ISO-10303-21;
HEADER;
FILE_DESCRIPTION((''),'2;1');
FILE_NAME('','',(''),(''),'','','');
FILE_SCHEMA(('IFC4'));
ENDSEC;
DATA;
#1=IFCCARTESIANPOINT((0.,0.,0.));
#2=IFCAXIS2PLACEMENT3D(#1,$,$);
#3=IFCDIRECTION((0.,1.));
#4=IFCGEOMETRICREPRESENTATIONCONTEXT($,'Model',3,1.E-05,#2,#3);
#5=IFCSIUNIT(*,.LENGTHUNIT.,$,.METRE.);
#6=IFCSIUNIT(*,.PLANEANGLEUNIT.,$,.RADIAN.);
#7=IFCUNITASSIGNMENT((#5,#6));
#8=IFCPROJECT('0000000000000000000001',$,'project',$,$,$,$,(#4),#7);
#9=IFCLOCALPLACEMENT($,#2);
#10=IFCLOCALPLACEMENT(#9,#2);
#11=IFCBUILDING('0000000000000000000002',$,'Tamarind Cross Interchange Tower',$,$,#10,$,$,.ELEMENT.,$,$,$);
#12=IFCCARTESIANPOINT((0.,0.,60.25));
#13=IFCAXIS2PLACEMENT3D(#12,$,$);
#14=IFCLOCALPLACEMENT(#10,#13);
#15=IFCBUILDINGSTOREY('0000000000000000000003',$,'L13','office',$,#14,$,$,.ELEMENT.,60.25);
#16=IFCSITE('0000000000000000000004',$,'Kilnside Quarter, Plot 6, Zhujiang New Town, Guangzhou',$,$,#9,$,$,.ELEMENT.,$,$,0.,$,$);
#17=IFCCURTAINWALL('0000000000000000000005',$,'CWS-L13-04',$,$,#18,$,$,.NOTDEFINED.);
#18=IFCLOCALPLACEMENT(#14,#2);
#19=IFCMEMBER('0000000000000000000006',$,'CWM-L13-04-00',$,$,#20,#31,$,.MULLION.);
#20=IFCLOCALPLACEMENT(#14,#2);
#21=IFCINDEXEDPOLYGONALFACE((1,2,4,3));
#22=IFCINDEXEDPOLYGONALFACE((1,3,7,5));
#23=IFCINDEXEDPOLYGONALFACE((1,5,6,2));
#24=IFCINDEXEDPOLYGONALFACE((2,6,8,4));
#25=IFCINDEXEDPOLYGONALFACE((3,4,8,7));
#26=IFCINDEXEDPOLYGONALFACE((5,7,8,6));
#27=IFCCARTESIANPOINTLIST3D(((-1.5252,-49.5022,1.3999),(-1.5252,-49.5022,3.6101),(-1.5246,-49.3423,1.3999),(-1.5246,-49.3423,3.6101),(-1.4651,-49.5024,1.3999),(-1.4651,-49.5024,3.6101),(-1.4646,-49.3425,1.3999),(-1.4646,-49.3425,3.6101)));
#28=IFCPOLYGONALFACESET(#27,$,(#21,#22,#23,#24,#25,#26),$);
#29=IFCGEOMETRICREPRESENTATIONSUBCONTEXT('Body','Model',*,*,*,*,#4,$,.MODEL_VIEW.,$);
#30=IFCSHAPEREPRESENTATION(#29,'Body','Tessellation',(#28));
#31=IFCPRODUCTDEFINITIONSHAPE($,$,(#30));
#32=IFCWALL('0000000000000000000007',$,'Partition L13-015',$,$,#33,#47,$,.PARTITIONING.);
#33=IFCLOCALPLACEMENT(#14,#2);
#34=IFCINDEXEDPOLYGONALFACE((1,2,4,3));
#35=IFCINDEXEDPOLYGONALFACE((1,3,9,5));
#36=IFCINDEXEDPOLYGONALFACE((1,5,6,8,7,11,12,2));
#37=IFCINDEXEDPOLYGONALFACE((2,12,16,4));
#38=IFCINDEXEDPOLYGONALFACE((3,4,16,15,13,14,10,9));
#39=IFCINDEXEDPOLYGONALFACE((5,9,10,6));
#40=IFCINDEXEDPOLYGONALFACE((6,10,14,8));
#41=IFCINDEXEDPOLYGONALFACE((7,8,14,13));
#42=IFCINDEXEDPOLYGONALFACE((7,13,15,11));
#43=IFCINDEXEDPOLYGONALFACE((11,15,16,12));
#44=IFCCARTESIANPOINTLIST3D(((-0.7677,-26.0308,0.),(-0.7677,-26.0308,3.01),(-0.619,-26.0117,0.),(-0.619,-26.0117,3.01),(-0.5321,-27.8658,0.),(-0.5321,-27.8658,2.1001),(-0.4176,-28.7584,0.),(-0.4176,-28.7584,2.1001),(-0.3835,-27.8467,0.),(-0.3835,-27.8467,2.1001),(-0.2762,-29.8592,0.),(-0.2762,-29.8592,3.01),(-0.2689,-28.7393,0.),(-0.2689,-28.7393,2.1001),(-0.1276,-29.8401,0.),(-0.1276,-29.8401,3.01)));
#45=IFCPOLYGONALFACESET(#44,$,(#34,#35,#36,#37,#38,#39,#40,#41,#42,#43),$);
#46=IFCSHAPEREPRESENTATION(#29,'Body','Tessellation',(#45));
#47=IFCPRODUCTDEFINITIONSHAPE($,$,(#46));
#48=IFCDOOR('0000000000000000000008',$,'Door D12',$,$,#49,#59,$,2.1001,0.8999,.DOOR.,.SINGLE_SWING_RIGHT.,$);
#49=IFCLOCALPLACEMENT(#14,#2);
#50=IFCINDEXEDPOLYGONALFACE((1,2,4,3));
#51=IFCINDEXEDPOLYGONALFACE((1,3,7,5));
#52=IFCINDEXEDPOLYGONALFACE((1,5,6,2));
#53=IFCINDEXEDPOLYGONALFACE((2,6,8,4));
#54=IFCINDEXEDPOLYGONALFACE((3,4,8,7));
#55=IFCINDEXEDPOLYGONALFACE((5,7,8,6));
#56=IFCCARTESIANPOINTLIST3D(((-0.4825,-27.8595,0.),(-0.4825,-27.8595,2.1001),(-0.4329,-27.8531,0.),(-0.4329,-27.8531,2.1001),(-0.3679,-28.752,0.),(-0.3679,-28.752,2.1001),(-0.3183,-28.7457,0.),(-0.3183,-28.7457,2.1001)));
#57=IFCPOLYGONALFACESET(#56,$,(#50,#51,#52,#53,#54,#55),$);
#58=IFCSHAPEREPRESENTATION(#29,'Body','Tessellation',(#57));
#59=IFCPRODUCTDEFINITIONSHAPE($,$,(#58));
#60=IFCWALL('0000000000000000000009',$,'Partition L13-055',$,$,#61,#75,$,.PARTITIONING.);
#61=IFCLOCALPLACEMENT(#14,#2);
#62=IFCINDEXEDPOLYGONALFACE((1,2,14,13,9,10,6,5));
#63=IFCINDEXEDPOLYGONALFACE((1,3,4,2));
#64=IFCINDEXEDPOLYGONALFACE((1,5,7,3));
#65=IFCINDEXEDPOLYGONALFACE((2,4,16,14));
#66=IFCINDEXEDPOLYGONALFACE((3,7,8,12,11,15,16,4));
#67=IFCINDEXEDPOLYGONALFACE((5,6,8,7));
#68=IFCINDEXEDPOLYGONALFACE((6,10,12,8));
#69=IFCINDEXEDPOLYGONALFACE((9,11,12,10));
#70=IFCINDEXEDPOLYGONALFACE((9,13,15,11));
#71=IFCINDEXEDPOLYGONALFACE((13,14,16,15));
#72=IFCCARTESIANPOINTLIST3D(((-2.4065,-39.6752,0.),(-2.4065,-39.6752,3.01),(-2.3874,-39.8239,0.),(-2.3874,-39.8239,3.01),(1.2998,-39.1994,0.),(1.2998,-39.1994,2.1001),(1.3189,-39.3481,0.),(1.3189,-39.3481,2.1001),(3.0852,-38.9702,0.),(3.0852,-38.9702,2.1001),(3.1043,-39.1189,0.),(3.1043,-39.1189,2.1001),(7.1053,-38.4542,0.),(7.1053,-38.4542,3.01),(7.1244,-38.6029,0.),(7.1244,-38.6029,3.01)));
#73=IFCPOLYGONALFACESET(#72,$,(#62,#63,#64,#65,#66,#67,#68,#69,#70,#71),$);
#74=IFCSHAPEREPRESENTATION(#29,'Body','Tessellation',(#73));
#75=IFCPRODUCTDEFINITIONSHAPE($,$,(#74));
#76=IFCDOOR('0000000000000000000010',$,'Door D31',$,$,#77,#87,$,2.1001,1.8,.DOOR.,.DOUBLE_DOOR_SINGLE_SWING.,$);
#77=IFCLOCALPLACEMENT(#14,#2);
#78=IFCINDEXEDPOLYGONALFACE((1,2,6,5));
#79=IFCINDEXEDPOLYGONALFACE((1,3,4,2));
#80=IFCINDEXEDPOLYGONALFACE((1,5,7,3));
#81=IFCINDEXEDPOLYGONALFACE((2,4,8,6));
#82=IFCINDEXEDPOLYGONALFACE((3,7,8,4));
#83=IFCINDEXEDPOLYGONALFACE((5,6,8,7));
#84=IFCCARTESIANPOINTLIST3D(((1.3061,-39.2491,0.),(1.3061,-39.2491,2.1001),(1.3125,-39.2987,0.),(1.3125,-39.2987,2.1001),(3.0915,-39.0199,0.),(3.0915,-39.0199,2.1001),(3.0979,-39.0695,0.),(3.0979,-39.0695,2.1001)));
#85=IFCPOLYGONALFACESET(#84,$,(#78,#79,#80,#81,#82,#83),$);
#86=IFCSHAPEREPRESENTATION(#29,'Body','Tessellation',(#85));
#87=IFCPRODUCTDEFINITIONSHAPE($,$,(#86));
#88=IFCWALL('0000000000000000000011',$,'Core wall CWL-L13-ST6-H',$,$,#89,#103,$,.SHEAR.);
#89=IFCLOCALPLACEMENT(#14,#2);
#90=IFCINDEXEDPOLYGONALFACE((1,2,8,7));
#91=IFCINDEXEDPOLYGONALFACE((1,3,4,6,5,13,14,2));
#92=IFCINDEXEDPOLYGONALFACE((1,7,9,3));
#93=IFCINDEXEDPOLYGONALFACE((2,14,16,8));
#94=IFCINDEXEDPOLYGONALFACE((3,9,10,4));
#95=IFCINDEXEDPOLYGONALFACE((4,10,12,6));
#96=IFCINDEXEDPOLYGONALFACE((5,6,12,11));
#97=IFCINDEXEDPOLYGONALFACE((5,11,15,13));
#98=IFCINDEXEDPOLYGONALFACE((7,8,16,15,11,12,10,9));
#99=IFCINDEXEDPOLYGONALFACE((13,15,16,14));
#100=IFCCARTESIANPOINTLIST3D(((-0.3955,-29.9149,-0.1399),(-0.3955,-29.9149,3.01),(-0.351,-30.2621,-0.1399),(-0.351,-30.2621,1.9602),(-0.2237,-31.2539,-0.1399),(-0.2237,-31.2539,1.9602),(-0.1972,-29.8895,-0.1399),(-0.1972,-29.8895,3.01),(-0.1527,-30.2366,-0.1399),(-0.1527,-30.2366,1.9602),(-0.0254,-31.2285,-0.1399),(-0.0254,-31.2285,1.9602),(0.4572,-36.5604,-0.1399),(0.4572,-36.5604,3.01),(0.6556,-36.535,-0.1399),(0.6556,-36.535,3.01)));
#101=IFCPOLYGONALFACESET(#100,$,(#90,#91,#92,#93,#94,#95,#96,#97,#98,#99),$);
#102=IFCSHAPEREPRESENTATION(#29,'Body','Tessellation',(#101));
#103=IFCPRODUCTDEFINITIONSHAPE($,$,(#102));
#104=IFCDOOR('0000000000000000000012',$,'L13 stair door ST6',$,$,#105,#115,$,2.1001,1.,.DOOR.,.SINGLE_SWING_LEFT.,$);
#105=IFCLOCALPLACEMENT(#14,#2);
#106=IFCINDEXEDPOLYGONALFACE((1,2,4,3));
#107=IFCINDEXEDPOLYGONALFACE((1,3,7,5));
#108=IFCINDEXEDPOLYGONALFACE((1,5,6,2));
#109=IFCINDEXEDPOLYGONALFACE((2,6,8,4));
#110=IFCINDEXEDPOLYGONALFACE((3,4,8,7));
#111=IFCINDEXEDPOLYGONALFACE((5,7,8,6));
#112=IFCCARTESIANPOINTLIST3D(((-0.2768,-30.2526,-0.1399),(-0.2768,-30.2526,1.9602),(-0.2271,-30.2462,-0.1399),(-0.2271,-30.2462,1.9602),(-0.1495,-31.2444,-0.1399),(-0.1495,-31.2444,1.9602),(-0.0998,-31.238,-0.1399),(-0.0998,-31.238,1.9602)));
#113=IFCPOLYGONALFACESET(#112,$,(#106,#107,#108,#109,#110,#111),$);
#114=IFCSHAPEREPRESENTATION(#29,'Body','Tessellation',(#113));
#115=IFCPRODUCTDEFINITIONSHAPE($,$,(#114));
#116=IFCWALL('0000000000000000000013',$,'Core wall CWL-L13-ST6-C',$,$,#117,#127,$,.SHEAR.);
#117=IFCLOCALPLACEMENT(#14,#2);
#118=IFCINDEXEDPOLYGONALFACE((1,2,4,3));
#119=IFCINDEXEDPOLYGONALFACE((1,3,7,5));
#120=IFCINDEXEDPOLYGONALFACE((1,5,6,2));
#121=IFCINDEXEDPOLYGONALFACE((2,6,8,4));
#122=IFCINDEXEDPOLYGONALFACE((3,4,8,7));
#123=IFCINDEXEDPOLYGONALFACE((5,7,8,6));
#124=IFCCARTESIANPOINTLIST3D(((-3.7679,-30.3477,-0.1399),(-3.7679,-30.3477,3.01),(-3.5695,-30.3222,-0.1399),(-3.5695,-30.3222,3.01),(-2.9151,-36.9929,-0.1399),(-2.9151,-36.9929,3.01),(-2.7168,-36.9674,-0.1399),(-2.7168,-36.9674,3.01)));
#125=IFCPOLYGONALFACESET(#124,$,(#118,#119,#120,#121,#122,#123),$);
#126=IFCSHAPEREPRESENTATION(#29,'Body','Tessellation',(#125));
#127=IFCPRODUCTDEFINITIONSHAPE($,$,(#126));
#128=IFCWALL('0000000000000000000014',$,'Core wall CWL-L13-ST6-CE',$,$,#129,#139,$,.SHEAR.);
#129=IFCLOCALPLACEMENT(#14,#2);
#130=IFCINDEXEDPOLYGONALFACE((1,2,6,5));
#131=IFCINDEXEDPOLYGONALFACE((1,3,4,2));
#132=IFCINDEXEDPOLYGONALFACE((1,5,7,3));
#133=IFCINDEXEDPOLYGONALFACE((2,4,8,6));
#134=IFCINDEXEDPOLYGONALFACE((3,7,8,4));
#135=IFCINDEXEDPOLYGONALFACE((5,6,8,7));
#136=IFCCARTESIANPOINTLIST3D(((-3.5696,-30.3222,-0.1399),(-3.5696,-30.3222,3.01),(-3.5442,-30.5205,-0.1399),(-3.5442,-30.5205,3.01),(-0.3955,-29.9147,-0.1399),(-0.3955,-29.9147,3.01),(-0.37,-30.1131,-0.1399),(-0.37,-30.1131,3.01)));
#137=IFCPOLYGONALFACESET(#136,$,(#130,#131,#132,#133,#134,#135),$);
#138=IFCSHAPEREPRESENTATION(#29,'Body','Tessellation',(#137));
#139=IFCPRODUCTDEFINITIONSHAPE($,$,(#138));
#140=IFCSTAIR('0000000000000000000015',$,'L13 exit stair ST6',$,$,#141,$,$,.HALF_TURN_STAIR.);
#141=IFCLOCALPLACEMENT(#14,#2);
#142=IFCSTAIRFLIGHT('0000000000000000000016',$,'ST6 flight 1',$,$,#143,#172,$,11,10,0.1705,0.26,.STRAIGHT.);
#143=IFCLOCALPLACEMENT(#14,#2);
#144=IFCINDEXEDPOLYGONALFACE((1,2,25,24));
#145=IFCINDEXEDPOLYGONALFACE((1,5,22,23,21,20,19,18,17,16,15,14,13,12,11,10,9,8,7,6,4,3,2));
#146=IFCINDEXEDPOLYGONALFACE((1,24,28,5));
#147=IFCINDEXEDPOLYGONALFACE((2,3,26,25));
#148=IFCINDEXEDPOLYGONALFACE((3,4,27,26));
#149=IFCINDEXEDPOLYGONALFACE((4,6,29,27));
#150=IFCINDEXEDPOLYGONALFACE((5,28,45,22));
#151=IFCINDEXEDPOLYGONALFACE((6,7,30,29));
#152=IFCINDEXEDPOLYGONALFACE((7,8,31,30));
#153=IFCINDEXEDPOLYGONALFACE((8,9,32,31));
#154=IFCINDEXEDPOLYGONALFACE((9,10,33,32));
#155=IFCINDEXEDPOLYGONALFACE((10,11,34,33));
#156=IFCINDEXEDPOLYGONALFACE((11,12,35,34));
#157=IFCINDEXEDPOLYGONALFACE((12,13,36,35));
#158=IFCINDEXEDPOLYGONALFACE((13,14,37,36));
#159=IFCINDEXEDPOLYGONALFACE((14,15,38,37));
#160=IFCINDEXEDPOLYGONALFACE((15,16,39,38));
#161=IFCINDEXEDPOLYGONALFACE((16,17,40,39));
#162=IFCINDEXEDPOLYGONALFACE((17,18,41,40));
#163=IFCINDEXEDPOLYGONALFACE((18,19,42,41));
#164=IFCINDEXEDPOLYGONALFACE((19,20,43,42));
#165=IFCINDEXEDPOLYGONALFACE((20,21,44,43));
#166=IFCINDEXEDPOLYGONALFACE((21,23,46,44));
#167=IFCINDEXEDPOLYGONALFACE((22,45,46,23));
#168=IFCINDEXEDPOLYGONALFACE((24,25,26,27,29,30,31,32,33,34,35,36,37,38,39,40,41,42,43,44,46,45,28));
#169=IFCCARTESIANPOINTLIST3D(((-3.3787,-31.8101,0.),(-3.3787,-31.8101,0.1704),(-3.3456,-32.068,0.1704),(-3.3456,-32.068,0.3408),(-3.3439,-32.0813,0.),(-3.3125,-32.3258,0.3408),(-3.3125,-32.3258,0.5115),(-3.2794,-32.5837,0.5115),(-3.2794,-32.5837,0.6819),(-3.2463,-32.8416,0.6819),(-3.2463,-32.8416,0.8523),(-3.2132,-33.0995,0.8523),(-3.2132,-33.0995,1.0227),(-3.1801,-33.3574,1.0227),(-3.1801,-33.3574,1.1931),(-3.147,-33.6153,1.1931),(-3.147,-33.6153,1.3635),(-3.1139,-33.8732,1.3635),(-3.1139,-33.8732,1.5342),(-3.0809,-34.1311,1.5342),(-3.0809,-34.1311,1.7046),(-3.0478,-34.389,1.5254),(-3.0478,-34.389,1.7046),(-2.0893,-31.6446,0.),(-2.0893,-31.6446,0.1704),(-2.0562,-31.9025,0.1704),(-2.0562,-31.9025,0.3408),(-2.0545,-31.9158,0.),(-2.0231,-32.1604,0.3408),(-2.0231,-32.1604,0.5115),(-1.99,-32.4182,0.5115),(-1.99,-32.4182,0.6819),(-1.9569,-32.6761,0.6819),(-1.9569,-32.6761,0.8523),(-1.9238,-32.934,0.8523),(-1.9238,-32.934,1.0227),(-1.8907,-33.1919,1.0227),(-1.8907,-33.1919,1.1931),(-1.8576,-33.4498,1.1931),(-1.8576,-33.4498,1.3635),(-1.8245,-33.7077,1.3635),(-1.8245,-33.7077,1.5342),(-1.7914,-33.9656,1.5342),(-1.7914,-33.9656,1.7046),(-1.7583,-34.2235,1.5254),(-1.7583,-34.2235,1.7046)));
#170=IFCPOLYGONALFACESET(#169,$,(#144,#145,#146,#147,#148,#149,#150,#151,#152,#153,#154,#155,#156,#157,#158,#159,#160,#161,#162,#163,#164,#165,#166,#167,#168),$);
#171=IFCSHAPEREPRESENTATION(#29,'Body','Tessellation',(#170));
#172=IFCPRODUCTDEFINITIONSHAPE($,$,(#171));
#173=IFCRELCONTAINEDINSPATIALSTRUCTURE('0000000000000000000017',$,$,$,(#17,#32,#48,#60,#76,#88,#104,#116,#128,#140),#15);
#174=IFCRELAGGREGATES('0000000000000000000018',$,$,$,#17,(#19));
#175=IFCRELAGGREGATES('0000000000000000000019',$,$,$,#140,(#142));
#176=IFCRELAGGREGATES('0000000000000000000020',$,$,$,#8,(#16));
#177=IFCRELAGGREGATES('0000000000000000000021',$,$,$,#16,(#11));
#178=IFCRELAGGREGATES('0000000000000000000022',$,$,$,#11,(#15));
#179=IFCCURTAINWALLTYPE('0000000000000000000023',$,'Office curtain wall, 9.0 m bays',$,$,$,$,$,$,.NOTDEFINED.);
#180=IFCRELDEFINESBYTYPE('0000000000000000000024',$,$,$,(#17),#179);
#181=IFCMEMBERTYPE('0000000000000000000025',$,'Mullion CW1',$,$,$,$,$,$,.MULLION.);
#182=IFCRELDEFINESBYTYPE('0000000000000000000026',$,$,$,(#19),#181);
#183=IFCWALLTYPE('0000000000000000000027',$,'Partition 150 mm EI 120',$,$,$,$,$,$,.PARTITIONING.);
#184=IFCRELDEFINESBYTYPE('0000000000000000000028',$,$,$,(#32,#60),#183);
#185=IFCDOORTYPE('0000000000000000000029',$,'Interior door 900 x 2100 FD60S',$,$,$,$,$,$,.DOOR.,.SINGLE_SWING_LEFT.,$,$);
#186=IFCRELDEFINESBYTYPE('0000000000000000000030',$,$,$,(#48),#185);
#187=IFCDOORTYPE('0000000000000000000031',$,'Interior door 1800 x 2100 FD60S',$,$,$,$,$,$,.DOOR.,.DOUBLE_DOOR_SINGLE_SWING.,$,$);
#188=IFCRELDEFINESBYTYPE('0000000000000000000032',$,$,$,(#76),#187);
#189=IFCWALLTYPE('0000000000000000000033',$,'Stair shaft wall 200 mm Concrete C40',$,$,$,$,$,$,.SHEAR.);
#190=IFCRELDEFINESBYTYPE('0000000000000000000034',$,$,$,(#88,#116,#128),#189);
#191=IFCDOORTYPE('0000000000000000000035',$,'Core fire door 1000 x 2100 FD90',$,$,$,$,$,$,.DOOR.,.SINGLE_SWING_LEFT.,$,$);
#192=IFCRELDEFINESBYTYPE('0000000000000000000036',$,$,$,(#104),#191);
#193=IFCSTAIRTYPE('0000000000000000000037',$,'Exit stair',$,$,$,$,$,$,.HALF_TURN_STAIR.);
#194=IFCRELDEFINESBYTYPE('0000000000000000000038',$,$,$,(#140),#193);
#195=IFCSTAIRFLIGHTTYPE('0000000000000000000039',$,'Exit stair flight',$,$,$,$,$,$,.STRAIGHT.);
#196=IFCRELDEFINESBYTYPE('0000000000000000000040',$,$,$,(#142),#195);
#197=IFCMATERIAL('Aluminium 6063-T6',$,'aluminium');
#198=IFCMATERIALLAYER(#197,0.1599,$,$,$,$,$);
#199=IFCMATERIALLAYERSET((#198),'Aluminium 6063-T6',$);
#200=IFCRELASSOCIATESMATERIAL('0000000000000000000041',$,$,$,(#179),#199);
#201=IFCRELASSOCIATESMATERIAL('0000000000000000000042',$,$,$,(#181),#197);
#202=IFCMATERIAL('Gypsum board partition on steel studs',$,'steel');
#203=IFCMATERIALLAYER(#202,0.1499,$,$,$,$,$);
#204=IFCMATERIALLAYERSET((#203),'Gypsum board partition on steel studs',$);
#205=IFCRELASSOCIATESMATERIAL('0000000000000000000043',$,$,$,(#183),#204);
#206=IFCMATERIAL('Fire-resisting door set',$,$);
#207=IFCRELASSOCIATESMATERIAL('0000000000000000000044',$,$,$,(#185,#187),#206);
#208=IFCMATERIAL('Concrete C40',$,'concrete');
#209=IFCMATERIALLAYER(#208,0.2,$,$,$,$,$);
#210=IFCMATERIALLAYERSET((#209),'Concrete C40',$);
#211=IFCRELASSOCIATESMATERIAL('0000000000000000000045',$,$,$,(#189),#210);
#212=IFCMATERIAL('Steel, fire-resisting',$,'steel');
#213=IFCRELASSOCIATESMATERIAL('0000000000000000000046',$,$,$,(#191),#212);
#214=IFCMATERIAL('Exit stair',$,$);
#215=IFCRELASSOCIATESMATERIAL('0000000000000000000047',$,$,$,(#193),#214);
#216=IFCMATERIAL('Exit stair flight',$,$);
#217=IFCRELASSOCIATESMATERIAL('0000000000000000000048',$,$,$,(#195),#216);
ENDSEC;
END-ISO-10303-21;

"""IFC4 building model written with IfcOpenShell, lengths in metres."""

from ifc_helpers import new_model, si_unit, direction, frame, frame_2d, origin, origin_2d, place, context, subcontext, project, spatial, polyline, rectangle, outline, extrude, material, layer, layer_set, material_profile, profile_set, type_object, element, fill, aggregate, save


model = new_model("IFC4")

# Units and contexts
model_context = context("Model", 3, precision=1e-05, world=origin(), true_north=direction((0.0, 1.0)))
body_context = subcontext(model_context, "Body", "Model", "MODEL_VIEW")
ifc_project = project(units=[si_unit("LENGTHUNIT", "METRE"), si_unit("PLANEANGLEUNIT", "RADIAN")], contexts=[model_context])

# Site, building, storey
site_placement = place(None, origin())
site = spatial("IfcSite", under=ifc_project, at=site_placement, Name="Kilnside Quarter, Plot 6, Zhujiang New Town, Guangzhou", CompositionType="ELEMENT", RefElevation=0.0)
building_placement = place(site_placement, origin())
building = spatial("IfcBuilding", under=site, at=building_placement, Name="Tamarind Cross Interchange Tower", CompositionType="ELEMENT")
storey_placement = place(building_placement, frame((0.0, 0.0, 60.25)))
storey = spatial("IfcBuildingStorey", under=building, at=storey_placement, Name="L13", Description="office", CompositionType="ELEMENT", Elevation=60.25)

# Curtain wall, member
ifc_material_1 = material(Name="Aluminium 6063-T6", Category="aluminium")
ifc_layer_1 = layer(ifc_material_1, 0.1599)
ifc_layer_set_1 = layer_set([ifc_layer_1], Name="Aluminium 6063-T6")
curtain_wall_type = type_object("IfcCurtainWallType", Name="Office curtain wall, 9.0 m bays", PredefinedType="NOTDEFINED", material=ifc_layer_set_1)
curtain_wall_placement = place(storey_placement, origin())
curtain_wall = element("IfcCurtainWall", 1, at=curtain_wall_placement, inside=storey, type_object=curtain_wall_type, Name="CWS-L13-04", PredefinedType="NOTDEFINED")
ifc_material_profile_1 = material_profile(ifc_material_1, rectangle(XDim=0.0601, YDim=0.1599, at=origin_2d()), Name="Mullion CW1")
ifc_profile_set_1 = profile_set([ifc_material_profile_1], Name="Aluminium 6063-T6")
member_type = type_object("IfcMemberType", Name="Mullion CW1", PredefinedType="MULLION", material=ifc_profile_set_1)
member_placement = place(storey_placement, frame((-1.4949, -49.4224, 1.3999), z_axis=(0.0, 0.0, 1.0), x_axis=(0.999995, -0.003253, 0.0)))
member = element("IfcMember", 2, at=member_placement, type_object=member_type, Name="CWM-L13-04-00", PredefinedType="MULLION", context=body_context, shape_type="SweptSolid", body=[
    extrude(rectangle(XDim=0.0601, YDim=0.1599, at=origin_2d()), origin(), (0.0, 0.0, 1.0), 2.2102),
])
aggregate(curtain_wall, [member])

# Walls, openings, doors
ifc_material_2 = material(Name="Gypsum board partition on steel studs", Category="steel")
ifc_layer_2 = layer(ifc_material_2, 0.1499)
ifc_layer_set_2 = layer_set([ifc_layer_2], Name="Gypsum board partition on steel studs")
wall_type_1 = type_object("IfcWallType", Name="Partition 150 mm EI 120", PredefinedType="PARTITIONING", material=ifc_layer_set_2)
wall_1_placement = place(storey_placement, frame((-0.6934, -26.0212, 0.0), z_axis=(0.0, 0.0, 1.0), x_axis=(0.127327, -0.991861, 0.0)))
wall_1 = element("IfcWall", 3, at=wall_1_placement, inside=storey, type_object=wall_type_1, Name="Partition L13-015", PredefinedType="PARTITIONING", context=body_context, shape_type="SweptSolid", body=[
    extrude(rectangle(XDim=3.8599, YDim=0.1499, at=frame_2d((1.9299, 0.0))), origin(), (0.0, 0.0, 1.0), 3.01),
])
opening_1_placement = place(wall_1_placement, frame((1.8501, 0.0, 0.0)))
opening_1 = element("IfcOpeningElement", 4, at=opening_1_placement, cuts=wall_1, PredefinedType="OPENING", context=body_context, shape_type="SweptSolid", body=[
    extrude(rectangle(XDim=0.8999, YDim=2.1001, at=frame_2d((0.45, 1.05))), frame((0.0, 0.085, 0.0), z_axis=(0.0, -1.0, 0.0), x_axis=(1.0, 0.0, 0.0)), (0.0, 0.0, 1.0), 0.1699),
])
ifc_material_3 = material(Name="Fire-resisting door set")
door_type_1 = type_object("IfcDoorType", Name="Interior door 900 x 2100 FD60S", OperationType="SINGLE_SWING_LEFT", PredefinedType="DOOR", material=ifc_material_3)
door_1_placement = place(opening_1_placement, frame((0.8999, 0.0, 0.0), z_axis=(0.0, 0.0, 1.0), x_axis=(-1.0, 0.0, 0.0)))
door_1 = element("IfcDoor", 5, at=door_1_placement, inside=storey, type_object=door_type_1, Name="Door D12", OperationType="SINGLE_SWING_RIGHT", OverallHeight=2.1001, OverallWidth=0.8999, PredefinedType="DOOR", context=body_context, shape_type="SweptSolid", body=[
    extrude(rectangle(XDim=0.8999, YDim=2.1001, at=frame_2d((0.45, 1.05))), frame((0.0, 0.0249, 0.0), z_axis=(0.0, -1.0, 0.0), x_axis=(1.0, 0.0, 0.0)), (0.0, 0.0, 1.0), 0.05),
])
fill(opening_1, door_1)
wall_2_placement = place(storey_placement, frame((-2.397, -39.7495, 0.0), z_axis=(0.0, 0.0, 1.0), x_axis=(0.991862, 0.127318, 0.0)))
wall_2 = element("IfcWall", 6, at=wall_2_placement, inside=storey, type_object=wall_type_1, Name="Partition L13-055", PredefinedType="PARTITIONING", context=body_context, shape_type="SweptSolid", body=[
    extrude(rectangle(XDim=9.5898, YDim=0.1499, at=frame_2d((4.7949, 0.0))), origin(), (0.0, 0.0, 1.0), 3.01),
])
opening_2_placement = place(wall_2_placement, frame((3.7368, 0.0, 0.0)))
opening_2 = element("IfcOpeningElement", 7, at=opening_2_placement, cuts=wall_2, PredefinedType="OPENING", context=body_context, shape_type="SweptSolid", body=[
    extrude(rectangle(XDim=1.8, YDim=2.1001, at=frame_2d((0.8999, 1.05))), frame((0.0, 0.085, 0.0), z_axis=(0.0, -1.0, 0.0), x_axis=(1.0, 0.0, 0.0)), (0.0, 0.0, 1.0), 0.1699),
])
door_type_2 = type_object("IfcDoorType", Name="Interior door 1800 x 2100 FD60S", OperationType="DOUBLE_DOOR_SINGLE_SWING", PredefinedType="DOOR", material=ifc_material_3)
door_2_placement = place(opening_2_placement, origin())
door_2 = element("IfcDoor", 8, at=door_2_placement, inside=storey, type_object=door_type_2, Name="Door D31", OperationType="DOUBLE_DOOR_SINGLE_SWING", OverallHeight=2.1001, OverallWidth=1.8, PredefinedType="DOOR", context=body_context, shape_type="SweptSolid", body=[
    extrude(rectangle(XDim=1.8, YDim=2.1001, at=frame_2d((0.8999, 1.05))), frame((0.0, 0.0249, 0.0), z_axis=(0.0, -1.0, 0.0), x_axis=(1.0, 0.0, 0.0)), (0.0, 0.0, 1.0), 0.05),
])
fill(opening_2, door_2)
ifc_material_4 = material(Name="Concrete C40", Category="concrete")
ifc_layer_3 = layer(ifc_material_4, 0.2)
ifc_layer_set_3 = layer_set([ifc_layer_3], Name="Concrete C40")
wall_type_2 = type_object("IfcWallType", Name="Stair shaft wall 200 mm Concrete C40", PredefinedType="SHEAR", material=ifc_layer_set_3)
wall_3_placement = place(storey_placement, frame((-0.2964, -29.9021, -0.1399), z_axis=(0.0, 0.0, 1.0), x_axis=(0.127281, -0.991867, 0.0)))
wall_3 = element("IfcWall", 9, at=wall_3_placement, inside=storey, type_object=wall_type_2, Name="Core wall CWL-L13-ST6-H", PredefinedType="SHEAR", context=body_context, shape_type="SweptSolid", body=[
    extrude(rectangle(XDim=6.7, YDim=0.2, at=frame_2d((3.3501, 0.0))), origin(), (0.0, 0.0, 1.0), 3.1499),
])
opening_3_placement = place(wall_3_placement, frame((0.3501, 0.0, 0.0)))
opening_3 = element("IfcOpeningElement", 10, at=opening_3_placement, cuts=wall_3, PredefinedType="OPENING", context=body_context, shape_type="SweptSolid", body=[
    extrude(rectangle(XDim=1.0, YDim=2.1001, at=frame_2d((0.5, 1.05))), frame((0.0, 0.1099, 0.0), z_axis=(0.0, -1.0, 0.0), x_axis=(1.0, 0.0, 0.0)), (0.0, 0.0, 1.0), 0.22),
])
ifc_material_5 = material(Name="Steel, fire-resisting", Category="steel")
door_type_3 = type_object("IfcDoorType", Name="Core fire door 1000 x 2100 FD90", OperationType="SINGLE_SWING_LEFT", PredefinedType="DOOR", material=ifc_material_5)
door_3_placement = place(opening_3_placement, origin())
door_3 = element("IfcDoor", 11, at=door_3_placement, inside=storey, type_object=door_type_3, Name="L13 stair door ST6", OperationType="SINGLE_SWING_LEFT", OverallHeight=2.1001, OverallWidth=1.0, PredefinedType="DOOR", context=body_context, shape_type="SweptSolid", body=[
    extrude(rectangle(XDim=1.0, YDim=2.1001, at=frame_2d((0.5, 1.05))), frame((0.0, 0.0249, 0.0), z_axis=(0.0, -1.0, 0.0), x_axis=(1.0, 0.0, 0.0)), (0.0, 0.0, 1.0), 0.05),
])
fill(opening_3, door_3)

# Walls
wall_4_placement = place(storey_placement, frame((-3.6687, -30.335, -0.1399), z_axis=(0.0, 0.0, 1.0), x_axis=(0.127286, -0.991866, 0.0)))
element("IfcWall", 12, at=wall_4_placement, inside=storey, type_object=wall_type_2, Name="Core wall CWL-L13-ST6-C", PredefinedType="SHEAR", context=body_context, shape_type="SweptSolid", body=[
    extrude(rectangle(XDim=6.6997, YDim=0.2, at=frame_2d((3.3499, 0.0))), origin(), (0.0, 0.0, 1.0), 3.1499),
])
wall_5_placement = place(storey_placement, frame((-3.5569, -30.4214, -0.1399), z_axis=(0.0, 0.0, 1.0), x_axis=(0.99186, 0.12733, 0.0)))
element("IfcWall", 13, at=wall_5_placement, inside=storey, type_object=wall_type_2, Name="Core wall CWL-L13-ST6-CE", PredefinedType="SHEAR", context=body_context, shape_type="SweptSolid", body=[
    extrude(rectangle(XDim=3.2002, YDim=0.2, at=frame_2d((1.6001, 0.0))), origin(), (0.0, 0.0, 1.0), 3.1499),
])

# Stair, stair flight
ifc_material_6 = material(Name="Exit stair")
stair_type = type_object("IfcStairType", Name="Exit stair", PredefinedType="HALF_TURN_STAIR", material=ifc_material_6)
stair_placement = place(storey_placement, origin())
stair = element("IfcStair", 14, at=stair_placement, inside=storey, type_object=stair_type, Name="L13 exit stair ST6", PredefinedType="HALF_TURN_STAIR")
ifc_material_7 = material(Name="Exit stair flight")
stair_flight_type = type_object("IfcStairFlightType", Name="Exit stair flight", PredefinedType="STRAIGHT", material=ifc_material_7)
stair_flight_1_placement = place(storey_placement, frame((-2.7339, -31.7273, 0.0), z_axis=(0.0, 0.0, 1.0), x_axis=(0.1273, -0.991864, 0.0)))
stair_flight_1 = element("IfcStairFlight", 15, at=stair_flight_1_placement, type_object=stair_flight_type, Name="ST6 flight 1", NumberOfRisers=11, NumberOfTreads=10, PredefinedType="STRAIGHT", RiserHeight=0.1705, TreadLength=0.26, context=body_context, shape_type="SweptSolid", body=[
    extrude(outline(polyline([(0.0, 0.0), (0.0, 0.1704), (0.26, 0.1704), (0.26, 0.3408), (0.52, 0.3408), (0.52, 0.5115), (0.78, 0.5115), (0.78, 0.6819), (1.04, 0.6819), (1.04, 0.8523), (1.3, 0.8523), (1.3, 1.0227), (1.5601, 1.0227), (1.5601, 1.1931), (1.8201, 1.1931), (1.8201, 1.3635), (2.0801, 1.3635), (2.0801, 1.5342), (2.3401, 1.5342), (2.3401, 1.7046), (2.6001, 1.7046), (2.6001, 1.875), (2.6001, 1.5254), (0.2734, 0.0), (0.0, 0.0)])), frame((0.0, 0.6499, 0.0), z_axis=(0.0, -1.0, 0.0), x_axis=(1.0, 0.0, 0.0)), (0.0, 0.0, 1.0), 1.3),
])
aggregate(stair, [stair_flight_1])

save(model, "model.ifc")
